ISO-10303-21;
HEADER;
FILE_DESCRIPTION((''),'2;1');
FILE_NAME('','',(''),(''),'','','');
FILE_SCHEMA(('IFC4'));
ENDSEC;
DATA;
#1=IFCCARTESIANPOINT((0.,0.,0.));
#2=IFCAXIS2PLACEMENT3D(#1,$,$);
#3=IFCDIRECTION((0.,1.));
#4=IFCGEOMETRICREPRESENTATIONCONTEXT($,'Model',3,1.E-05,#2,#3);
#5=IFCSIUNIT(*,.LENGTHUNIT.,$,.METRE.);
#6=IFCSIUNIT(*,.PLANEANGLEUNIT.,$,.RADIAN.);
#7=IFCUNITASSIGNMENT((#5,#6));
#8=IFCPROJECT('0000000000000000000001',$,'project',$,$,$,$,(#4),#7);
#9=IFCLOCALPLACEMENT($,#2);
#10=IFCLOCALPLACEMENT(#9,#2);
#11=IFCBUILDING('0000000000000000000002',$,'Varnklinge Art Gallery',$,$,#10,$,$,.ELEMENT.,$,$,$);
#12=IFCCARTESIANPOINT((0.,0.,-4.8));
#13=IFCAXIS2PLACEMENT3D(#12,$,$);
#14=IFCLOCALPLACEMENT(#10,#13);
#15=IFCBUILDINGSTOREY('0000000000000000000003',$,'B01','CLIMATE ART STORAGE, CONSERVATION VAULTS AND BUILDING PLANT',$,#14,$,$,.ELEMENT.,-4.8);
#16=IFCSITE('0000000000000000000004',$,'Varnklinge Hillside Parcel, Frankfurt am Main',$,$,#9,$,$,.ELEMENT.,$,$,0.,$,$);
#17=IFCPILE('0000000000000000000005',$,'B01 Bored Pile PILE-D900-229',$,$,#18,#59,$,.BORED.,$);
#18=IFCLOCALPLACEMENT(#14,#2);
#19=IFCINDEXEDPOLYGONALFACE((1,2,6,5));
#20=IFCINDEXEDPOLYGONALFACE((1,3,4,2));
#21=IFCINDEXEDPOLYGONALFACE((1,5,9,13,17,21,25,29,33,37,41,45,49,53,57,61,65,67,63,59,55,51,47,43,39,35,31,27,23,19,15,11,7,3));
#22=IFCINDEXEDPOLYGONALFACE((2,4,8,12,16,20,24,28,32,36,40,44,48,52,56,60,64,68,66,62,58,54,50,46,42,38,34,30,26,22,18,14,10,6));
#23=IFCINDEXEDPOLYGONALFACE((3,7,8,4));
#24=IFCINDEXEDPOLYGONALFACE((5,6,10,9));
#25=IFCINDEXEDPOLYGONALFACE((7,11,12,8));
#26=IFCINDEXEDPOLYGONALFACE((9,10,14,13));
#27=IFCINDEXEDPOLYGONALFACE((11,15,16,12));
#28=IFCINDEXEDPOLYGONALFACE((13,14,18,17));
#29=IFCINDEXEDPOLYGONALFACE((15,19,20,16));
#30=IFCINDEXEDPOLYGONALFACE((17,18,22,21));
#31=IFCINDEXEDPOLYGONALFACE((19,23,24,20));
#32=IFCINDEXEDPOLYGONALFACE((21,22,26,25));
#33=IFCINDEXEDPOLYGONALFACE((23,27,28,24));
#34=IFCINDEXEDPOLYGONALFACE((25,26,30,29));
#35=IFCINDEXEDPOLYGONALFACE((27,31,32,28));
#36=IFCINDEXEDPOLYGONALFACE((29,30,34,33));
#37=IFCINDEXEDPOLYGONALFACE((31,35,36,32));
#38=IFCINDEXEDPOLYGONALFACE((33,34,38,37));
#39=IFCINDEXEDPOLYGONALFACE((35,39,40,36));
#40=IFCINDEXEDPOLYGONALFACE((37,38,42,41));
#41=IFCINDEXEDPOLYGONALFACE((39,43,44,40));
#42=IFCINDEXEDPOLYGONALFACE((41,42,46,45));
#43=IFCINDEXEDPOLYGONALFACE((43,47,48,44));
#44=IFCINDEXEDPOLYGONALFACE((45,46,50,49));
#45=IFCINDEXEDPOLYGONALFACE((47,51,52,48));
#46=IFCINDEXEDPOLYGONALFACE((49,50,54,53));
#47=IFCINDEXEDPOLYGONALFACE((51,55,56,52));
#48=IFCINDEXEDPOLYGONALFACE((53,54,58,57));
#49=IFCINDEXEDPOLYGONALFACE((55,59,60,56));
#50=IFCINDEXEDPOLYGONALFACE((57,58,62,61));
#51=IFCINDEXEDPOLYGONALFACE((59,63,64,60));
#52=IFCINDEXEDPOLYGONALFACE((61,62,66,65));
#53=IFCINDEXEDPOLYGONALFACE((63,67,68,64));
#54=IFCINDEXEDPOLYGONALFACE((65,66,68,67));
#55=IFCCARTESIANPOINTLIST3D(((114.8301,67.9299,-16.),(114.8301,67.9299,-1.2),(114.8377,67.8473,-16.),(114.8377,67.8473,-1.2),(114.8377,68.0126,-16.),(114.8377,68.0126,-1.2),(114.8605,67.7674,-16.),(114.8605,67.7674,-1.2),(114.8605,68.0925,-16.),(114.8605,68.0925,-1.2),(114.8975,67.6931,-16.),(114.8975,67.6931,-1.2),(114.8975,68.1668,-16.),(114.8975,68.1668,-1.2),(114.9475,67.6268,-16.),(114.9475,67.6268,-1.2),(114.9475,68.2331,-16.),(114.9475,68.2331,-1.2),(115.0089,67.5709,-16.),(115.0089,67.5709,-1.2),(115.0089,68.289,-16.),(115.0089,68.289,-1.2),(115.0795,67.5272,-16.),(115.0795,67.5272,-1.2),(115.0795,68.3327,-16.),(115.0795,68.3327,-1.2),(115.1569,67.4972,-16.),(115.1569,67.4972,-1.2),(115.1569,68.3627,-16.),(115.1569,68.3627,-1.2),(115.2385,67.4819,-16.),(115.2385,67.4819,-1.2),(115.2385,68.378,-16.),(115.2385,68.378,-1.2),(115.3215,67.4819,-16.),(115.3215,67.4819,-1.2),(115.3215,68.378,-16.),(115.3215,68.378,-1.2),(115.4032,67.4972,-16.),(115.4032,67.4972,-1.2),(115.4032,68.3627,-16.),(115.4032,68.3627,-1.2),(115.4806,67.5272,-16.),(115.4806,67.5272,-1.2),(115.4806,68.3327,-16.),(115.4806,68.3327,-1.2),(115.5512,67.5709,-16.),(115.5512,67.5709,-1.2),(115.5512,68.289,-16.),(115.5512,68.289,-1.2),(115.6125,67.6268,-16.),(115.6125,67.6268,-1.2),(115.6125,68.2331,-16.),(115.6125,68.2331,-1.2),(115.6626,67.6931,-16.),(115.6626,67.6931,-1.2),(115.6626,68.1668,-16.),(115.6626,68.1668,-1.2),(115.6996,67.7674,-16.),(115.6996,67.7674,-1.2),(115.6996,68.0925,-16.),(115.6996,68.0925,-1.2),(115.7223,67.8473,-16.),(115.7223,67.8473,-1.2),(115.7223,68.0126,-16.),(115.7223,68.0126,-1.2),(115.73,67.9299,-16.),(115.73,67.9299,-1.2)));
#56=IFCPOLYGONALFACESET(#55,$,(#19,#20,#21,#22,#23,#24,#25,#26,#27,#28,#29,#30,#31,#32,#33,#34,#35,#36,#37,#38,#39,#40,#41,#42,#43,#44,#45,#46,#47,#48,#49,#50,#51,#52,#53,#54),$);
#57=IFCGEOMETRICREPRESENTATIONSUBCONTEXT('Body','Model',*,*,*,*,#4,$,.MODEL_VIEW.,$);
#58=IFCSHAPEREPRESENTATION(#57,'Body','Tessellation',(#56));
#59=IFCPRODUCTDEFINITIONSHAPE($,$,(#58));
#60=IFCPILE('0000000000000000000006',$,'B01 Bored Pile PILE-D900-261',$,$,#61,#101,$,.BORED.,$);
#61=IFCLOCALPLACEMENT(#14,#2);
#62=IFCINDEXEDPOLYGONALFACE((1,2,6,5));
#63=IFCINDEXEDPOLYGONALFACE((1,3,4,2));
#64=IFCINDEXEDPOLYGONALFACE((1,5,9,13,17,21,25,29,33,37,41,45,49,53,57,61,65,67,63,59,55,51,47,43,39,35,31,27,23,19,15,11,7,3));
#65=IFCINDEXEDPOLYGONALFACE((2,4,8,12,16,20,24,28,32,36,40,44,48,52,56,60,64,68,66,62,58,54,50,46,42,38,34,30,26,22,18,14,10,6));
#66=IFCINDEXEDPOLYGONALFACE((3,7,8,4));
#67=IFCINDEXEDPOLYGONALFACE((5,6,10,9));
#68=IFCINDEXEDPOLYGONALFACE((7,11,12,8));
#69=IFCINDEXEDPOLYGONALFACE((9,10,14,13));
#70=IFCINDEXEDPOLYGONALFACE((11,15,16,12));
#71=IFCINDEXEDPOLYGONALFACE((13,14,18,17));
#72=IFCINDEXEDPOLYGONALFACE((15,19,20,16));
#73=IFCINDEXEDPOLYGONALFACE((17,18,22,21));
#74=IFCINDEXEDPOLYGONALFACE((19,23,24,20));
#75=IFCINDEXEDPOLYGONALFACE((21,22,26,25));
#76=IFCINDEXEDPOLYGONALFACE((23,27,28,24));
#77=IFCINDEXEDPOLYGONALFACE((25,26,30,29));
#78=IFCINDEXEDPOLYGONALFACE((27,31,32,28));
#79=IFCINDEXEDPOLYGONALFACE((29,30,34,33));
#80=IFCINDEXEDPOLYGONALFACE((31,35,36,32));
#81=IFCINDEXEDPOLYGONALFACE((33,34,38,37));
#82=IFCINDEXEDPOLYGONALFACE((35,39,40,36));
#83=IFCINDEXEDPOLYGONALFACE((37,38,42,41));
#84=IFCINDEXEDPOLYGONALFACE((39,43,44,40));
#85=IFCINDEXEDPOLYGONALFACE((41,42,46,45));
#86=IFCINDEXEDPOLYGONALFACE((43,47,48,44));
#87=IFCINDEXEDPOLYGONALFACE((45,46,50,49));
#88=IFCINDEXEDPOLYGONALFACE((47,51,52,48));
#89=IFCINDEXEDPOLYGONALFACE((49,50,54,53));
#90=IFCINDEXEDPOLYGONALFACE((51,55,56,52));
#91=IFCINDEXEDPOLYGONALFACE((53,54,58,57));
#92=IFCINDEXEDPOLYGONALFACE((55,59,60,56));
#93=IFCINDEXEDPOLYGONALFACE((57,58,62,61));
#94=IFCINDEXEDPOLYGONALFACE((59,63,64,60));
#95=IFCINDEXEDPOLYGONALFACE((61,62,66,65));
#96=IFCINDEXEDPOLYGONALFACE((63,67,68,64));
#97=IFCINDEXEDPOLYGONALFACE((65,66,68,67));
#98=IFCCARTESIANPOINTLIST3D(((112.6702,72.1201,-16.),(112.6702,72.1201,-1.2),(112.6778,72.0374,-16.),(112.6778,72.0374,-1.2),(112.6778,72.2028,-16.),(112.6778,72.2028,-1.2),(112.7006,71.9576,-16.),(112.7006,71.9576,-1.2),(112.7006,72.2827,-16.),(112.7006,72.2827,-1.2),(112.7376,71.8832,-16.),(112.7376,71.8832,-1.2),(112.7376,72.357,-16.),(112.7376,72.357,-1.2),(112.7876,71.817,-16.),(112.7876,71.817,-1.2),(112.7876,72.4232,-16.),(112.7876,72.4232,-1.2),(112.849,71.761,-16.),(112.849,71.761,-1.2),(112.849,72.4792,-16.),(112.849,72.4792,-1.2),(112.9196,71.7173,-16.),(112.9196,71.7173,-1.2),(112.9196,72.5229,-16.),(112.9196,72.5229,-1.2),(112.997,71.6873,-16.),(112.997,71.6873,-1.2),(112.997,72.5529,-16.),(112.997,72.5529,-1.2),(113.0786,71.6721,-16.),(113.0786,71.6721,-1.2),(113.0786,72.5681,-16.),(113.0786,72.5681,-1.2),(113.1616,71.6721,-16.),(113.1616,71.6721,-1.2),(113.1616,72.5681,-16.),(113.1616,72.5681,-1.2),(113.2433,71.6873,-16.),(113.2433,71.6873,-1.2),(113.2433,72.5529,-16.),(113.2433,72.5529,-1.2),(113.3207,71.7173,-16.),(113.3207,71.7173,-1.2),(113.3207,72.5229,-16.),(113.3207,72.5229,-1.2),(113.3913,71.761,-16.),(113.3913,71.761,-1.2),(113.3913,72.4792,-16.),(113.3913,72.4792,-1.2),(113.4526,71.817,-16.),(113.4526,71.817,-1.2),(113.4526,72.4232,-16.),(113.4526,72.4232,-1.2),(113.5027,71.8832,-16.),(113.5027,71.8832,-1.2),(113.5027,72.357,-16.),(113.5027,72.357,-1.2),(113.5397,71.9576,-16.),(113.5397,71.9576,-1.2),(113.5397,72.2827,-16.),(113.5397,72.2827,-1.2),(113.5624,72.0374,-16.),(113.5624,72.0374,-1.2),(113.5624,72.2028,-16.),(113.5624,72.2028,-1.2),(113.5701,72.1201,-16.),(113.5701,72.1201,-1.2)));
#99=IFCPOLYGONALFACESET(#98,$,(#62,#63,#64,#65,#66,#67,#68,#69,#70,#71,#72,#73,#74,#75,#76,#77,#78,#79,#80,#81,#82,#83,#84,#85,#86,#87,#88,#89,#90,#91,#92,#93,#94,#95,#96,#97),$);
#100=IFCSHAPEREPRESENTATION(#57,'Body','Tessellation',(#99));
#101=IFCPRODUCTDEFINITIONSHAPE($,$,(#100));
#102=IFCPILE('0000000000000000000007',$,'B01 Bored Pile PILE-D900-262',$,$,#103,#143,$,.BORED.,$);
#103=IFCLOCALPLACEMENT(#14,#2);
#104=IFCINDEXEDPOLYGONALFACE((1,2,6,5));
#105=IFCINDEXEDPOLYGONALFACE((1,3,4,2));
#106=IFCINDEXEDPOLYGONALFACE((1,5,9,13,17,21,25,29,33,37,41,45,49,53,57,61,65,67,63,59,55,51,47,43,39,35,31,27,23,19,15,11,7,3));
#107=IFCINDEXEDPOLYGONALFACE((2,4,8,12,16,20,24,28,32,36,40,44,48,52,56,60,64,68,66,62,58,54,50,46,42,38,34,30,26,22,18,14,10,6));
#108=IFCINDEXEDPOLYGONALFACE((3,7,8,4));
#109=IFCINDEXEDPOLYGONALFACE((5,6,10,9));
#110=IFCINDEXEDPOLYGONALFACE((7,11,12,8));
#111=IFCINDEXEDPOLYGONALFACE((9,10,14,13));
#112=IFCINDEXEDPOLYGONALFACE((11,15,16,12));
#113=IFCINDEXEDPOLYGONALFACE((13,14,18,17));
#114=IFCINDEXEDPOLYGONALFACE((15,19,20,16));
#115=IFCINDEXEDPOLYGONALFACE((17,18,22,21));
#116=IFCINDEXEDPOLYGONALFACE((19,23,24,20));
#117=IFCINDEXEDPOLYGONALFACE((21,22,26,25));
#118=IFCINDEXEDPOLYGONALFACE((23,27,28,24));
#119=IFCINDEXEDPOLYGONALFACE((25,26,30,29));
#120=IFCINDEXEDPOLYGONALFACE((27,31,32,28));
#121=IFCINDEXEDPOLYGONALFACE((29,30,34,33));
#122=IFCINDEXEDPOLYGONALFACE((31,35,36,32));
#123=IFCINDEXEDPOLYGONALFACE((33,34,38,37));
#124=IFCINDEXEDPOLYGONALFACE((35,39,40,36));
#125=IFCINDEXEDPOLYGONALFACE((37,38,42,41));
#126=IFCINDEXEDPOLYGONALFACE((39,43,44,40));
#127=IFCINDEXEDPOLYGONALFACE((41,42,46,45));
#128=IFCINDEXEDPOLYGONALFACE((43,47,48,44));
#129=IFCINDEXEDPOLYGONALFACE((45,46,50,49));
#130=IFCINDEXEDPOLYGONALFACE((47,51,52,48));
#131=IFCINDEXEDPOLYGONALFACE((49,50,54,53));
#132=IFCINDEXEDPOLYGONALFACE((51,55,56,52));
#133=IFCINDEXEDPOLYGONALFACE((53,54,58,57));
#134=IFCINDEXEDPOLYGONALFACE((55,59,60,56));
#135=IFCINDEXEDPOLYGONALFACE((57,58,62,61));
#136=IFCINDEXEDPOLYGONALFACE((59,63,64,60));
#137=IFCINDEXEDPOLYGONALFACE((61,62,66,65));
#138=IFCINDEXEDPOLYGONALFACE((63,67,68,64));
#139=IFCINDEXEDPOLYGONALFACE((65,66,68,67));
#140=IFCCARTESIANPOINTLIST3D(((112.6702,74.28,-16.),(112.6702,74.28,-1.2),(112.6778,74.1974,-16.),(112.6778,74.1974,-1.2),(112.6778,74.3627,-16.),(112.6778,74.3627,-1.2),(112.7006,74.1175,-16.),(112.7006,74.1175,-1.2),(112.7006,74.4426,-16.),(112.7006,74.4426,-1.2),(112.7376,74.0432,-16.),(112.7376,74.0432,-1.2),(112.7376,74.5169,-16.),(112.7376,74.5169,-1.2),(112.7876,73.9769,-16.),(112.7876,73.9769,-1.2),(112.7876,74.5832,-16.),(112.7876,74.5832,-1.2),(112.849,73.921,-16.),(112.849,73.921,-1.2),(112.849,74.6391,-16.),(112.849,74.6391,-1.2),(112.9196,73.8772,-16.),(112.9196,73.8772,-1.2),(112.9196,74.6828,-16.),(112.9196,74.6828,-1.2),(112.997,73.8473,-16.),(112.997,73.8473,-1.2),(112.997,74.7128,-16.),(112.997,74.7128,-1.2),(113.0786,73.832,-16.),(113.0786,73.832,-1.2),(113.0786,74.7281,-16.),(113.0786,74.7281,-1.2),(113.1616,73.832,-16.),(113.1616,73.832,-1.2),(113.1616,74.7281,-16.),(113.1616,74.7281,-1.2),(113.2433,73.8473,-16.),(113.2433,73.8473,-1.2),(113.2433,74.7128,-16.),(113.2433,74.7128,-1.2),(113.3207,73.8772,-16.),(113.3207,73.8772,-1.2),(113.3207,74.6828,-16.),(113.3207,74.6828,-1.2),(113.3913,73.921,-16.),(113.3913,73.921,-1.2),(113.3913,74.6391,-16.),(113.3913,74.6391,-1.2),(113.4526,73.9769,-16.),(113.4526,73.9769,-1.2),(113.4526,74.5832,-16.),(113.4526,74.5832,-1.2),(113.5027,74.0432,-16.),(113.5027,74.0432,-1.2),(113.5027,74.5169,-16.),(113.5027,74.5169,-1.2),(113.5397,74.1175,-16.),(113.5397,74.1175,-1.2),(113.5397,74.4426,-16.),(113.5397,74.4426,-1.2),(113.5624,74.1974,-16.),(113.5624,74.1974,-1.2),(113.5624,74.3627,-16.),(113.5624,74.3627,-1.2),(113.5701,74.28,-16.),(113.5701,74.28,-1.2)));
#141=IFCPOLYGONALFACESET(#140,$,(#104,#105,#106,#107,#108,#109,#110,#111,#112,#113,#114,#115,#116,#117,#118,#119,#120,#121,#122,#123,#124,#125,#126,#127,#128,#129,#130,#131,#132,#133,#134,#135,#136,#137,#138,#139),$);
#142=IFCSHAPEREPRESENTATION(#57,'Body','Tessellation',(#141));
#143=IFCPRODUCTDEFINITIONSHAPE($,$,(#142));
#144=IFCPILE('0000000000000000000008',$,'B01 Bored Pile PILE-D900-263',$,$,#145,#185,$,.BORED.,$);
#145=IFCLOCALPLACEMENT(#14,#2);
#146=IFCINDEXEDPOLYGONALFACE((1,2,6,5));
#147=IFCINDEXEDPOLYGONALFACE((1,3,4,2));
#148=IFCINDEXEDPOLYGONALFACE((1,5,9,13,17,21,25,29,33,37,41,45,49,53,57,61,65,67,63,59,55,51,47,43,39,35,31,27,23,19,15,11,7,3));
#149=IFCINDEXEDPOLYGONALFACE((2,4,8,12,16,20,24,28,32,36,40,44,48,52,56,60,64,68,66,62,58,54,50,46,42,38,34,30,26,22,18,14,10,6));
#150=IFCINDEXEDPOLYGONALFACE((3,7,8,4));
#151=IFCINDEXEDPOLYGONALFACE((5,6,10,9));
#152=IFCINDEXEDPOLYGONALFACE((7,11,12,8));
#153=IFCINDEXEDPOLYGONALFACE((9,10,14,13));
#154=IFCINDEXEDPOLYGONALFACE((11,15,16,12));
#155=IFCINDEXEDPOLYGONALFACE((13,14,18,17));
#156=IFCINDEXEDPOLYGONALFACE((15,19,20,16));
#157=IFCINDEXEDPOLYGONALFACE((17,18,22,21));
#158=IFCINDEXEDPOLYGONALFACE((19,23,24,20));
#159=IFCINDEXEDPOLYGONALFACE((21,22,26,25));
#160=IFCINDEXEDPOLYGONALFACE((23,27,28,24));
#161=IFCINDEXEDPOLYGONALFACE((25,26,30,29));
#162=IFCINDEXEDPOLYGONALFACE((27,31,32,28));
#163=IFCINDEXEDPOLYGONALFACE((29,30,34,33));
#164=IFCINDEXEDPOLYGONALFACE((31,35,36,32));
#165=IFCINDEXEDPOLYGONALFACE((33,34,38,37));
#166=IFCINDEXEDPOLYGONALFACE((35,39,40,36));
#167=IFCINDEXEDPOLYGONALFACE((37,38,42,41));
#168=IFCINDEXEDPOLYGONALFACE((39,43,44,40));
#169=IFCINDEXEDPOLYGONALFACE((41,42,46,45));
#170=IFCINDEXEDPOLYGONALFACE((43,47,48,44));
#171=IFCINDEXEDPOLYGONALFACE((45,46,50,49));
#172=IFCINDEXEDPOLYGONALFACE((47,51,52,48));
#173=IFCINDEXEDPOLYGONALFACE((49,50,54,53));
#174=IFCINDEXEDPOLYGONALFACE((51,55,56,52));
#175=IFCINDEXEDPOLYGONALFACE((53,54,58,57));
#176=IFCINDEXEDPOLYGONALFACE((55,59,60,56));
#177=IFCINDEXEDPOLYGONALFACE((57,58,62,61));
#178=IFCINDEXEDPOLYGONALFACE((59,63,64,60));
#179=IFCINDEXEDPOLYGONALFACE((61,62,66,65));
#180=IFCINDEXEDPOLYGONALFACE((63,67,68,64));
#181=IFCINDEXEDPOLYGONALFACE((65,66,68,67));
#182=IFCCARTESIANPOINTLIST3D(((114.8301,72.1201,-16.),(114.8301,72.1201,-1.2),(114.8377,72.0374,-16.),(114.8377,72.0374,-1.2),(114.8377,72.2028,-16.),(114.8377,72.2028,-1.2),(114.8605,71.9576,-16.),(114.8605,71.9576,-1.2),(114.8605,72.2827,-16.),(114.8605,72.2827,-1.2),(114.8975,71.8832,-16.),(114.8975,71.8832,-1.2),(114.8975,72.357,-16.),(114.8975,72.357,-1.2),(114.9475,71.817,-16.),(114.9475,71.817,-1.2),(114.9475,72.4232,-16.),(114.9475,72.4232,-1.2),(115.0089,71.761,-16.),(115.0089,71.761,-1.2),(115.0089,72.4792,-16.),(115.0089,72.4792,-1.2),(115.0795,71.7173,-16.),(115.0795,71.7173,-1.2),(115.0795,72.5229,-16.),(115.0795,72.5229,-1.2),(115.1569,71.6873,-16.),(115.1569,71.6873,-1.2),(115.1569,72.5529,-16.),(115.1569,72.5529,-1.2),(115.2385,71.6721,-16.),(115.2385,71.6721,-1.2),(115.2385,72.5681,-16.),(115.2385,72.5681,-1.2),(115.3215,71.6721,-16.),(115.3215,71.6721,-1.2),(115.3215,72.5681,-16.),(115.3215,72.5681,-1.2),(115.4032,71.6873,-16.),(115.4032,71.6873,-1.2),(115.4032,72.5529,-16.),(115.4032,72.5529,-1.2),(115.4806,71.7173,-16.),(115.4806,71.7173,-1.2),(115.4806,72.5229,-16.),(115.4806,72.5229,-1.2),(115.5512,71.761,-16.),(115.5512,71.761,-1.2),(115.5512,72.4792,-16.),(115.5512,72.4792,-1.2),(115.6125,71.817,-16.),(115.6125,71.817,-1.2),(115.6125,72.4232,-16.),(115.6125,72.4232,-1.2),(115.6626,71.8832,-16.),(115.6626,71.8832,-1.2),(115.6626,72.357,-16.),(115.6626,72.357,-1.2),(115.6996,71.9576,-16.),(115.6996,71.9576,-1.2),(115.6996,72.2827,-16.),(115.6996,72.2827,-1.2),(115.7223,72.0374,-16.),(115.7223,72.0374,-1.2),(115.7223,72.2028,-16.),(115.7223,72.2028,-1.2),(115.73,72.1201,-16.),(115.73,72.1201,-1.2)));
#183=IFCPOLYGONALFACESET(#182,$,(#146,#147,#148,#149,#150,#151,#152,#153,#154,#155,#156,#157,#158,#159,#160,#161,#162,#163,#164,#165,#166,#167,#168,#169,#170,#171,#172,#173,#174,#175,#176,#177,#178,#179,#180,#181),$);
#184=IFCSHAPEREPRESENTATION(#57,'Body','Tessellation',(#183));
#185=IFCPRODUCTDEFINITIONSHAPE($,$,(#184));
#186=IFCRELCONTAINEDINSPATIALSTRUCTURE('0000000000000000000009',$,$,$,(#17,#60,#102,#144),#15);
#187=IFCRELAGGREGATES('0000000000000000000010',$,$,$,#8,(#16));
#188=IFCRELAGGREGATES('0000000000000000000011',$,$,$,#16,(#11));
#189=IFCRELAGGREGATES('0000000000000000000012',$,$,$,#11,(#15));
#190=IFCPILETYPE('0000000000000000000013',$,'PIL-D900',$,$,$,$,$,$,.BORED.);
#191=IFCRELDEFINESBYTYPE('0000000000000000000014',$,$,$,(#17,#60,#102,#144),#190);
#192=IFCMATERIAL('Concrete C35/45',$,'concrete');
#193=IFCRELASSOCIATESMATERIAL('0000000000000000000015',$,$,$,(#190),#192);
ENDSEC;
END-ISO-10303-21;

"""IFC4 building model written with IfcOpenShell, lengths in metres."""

from ifc_helpers import new_model, si_unit, direction, frame, origin, origin_2d, place, context, subcontext, project, spatial, circle, extrude, material, material_profile, profile_set, type_object, element, save


model = new_model("IFC4")

# Units and contexts
model_context = context("Model", 3, precision=1e-05, world=origin(), true_north=direction((0.0, 1.0)))
body_context = subcontext(model_context, "Body", "Model", "MODEL_VIEW")
ifc_project = project(units=[si_unit("LENGTHUNIT", "METRE"), si_unit("PLANEANGLEUNIT", "RADIAN")], contexts=[model_context])

# Site, building, storey
site_placement = place(None, origin())
site = spatial("IfcSite", under=ifc_project, at=site_placement, Name="Varnklinge Hillside Parcel, Frankfurt am Main", CompositionType="ELEMENT", RefElevation=0.0)
building_placement = place(site_placement, origin())
building = spatial("IfcBuilding", under=site, at=building_placement, Name="Varnklinge Art Gallery", CompositionType="ELEMENT")
storey_placement = place(building_placement, frame((0.0, 0.0, -4.8)))
storey = spatial("IfcBuildingStorey", under=building, at=storey_placement, Name="B01", Description="CLIMATE ART STORAGE, CONSERVATION VAULTS AND BUILDING PLANT", CompositionType="ELEMENT", Elevation=-4.8)

# Piles
ifc_material_1 = material(Name="Concrete C35/45", Category="concrete")
ifc_material_profile_1 = material_profile(ifc_material_1, circle(Radius=0.45, at=origin_2d()), Name="PILE D900")
ifc_profile_set_1 = profile_set([ifc_material_profile_1], Name="Concrete C35/45")
pile_type = type_object("IfcPileType", Name="PIL-D900", PredefinedType="BORED", material=ifc_profile_set_1)
for number, where, z_axis, x_axis, name in (
    (1, (115.28, 67.9299, -1.2), (0.0, 0.0, -1.0), (1.0, 0.0, 0.0), "B01 Bored Pile PILE-D900-229"),
    (2, (113.1201, 72.1201, -1.2), (0.0, 0.0, -1.0), (1.0, 0.0, 0.0), "B01 Bored Pile PILE-D900-261"),
    (3, (113.1201, 74.28, -1.2), (0.0, 0.0, -1.0), (1.0, 0.0, 0.0), "B01 Bored Pile PILE-D900-262"),
    (4, (115.28, 72.1201, -1.2), (0.0, 0.0, -1.0), (1.0, 0.0, 0.0), "B01 Bored Pile PILE-D900-263"),
):
    element("IfcPile", number, at=place(storey_placement, frame(where, z_axis=z_axis, x_axis=x_axis)), inside=storey, type_object=pile_type, Name=name, PredefinedType="BORED", context=body_context, shape_type="SweptSolid", body=[
        extrude(circle(Radius=0.45, at=origin_2d()), origin(), (0.0, 0.0, 1.0), 14.8),
    ])

save(model, "model.ifc")
